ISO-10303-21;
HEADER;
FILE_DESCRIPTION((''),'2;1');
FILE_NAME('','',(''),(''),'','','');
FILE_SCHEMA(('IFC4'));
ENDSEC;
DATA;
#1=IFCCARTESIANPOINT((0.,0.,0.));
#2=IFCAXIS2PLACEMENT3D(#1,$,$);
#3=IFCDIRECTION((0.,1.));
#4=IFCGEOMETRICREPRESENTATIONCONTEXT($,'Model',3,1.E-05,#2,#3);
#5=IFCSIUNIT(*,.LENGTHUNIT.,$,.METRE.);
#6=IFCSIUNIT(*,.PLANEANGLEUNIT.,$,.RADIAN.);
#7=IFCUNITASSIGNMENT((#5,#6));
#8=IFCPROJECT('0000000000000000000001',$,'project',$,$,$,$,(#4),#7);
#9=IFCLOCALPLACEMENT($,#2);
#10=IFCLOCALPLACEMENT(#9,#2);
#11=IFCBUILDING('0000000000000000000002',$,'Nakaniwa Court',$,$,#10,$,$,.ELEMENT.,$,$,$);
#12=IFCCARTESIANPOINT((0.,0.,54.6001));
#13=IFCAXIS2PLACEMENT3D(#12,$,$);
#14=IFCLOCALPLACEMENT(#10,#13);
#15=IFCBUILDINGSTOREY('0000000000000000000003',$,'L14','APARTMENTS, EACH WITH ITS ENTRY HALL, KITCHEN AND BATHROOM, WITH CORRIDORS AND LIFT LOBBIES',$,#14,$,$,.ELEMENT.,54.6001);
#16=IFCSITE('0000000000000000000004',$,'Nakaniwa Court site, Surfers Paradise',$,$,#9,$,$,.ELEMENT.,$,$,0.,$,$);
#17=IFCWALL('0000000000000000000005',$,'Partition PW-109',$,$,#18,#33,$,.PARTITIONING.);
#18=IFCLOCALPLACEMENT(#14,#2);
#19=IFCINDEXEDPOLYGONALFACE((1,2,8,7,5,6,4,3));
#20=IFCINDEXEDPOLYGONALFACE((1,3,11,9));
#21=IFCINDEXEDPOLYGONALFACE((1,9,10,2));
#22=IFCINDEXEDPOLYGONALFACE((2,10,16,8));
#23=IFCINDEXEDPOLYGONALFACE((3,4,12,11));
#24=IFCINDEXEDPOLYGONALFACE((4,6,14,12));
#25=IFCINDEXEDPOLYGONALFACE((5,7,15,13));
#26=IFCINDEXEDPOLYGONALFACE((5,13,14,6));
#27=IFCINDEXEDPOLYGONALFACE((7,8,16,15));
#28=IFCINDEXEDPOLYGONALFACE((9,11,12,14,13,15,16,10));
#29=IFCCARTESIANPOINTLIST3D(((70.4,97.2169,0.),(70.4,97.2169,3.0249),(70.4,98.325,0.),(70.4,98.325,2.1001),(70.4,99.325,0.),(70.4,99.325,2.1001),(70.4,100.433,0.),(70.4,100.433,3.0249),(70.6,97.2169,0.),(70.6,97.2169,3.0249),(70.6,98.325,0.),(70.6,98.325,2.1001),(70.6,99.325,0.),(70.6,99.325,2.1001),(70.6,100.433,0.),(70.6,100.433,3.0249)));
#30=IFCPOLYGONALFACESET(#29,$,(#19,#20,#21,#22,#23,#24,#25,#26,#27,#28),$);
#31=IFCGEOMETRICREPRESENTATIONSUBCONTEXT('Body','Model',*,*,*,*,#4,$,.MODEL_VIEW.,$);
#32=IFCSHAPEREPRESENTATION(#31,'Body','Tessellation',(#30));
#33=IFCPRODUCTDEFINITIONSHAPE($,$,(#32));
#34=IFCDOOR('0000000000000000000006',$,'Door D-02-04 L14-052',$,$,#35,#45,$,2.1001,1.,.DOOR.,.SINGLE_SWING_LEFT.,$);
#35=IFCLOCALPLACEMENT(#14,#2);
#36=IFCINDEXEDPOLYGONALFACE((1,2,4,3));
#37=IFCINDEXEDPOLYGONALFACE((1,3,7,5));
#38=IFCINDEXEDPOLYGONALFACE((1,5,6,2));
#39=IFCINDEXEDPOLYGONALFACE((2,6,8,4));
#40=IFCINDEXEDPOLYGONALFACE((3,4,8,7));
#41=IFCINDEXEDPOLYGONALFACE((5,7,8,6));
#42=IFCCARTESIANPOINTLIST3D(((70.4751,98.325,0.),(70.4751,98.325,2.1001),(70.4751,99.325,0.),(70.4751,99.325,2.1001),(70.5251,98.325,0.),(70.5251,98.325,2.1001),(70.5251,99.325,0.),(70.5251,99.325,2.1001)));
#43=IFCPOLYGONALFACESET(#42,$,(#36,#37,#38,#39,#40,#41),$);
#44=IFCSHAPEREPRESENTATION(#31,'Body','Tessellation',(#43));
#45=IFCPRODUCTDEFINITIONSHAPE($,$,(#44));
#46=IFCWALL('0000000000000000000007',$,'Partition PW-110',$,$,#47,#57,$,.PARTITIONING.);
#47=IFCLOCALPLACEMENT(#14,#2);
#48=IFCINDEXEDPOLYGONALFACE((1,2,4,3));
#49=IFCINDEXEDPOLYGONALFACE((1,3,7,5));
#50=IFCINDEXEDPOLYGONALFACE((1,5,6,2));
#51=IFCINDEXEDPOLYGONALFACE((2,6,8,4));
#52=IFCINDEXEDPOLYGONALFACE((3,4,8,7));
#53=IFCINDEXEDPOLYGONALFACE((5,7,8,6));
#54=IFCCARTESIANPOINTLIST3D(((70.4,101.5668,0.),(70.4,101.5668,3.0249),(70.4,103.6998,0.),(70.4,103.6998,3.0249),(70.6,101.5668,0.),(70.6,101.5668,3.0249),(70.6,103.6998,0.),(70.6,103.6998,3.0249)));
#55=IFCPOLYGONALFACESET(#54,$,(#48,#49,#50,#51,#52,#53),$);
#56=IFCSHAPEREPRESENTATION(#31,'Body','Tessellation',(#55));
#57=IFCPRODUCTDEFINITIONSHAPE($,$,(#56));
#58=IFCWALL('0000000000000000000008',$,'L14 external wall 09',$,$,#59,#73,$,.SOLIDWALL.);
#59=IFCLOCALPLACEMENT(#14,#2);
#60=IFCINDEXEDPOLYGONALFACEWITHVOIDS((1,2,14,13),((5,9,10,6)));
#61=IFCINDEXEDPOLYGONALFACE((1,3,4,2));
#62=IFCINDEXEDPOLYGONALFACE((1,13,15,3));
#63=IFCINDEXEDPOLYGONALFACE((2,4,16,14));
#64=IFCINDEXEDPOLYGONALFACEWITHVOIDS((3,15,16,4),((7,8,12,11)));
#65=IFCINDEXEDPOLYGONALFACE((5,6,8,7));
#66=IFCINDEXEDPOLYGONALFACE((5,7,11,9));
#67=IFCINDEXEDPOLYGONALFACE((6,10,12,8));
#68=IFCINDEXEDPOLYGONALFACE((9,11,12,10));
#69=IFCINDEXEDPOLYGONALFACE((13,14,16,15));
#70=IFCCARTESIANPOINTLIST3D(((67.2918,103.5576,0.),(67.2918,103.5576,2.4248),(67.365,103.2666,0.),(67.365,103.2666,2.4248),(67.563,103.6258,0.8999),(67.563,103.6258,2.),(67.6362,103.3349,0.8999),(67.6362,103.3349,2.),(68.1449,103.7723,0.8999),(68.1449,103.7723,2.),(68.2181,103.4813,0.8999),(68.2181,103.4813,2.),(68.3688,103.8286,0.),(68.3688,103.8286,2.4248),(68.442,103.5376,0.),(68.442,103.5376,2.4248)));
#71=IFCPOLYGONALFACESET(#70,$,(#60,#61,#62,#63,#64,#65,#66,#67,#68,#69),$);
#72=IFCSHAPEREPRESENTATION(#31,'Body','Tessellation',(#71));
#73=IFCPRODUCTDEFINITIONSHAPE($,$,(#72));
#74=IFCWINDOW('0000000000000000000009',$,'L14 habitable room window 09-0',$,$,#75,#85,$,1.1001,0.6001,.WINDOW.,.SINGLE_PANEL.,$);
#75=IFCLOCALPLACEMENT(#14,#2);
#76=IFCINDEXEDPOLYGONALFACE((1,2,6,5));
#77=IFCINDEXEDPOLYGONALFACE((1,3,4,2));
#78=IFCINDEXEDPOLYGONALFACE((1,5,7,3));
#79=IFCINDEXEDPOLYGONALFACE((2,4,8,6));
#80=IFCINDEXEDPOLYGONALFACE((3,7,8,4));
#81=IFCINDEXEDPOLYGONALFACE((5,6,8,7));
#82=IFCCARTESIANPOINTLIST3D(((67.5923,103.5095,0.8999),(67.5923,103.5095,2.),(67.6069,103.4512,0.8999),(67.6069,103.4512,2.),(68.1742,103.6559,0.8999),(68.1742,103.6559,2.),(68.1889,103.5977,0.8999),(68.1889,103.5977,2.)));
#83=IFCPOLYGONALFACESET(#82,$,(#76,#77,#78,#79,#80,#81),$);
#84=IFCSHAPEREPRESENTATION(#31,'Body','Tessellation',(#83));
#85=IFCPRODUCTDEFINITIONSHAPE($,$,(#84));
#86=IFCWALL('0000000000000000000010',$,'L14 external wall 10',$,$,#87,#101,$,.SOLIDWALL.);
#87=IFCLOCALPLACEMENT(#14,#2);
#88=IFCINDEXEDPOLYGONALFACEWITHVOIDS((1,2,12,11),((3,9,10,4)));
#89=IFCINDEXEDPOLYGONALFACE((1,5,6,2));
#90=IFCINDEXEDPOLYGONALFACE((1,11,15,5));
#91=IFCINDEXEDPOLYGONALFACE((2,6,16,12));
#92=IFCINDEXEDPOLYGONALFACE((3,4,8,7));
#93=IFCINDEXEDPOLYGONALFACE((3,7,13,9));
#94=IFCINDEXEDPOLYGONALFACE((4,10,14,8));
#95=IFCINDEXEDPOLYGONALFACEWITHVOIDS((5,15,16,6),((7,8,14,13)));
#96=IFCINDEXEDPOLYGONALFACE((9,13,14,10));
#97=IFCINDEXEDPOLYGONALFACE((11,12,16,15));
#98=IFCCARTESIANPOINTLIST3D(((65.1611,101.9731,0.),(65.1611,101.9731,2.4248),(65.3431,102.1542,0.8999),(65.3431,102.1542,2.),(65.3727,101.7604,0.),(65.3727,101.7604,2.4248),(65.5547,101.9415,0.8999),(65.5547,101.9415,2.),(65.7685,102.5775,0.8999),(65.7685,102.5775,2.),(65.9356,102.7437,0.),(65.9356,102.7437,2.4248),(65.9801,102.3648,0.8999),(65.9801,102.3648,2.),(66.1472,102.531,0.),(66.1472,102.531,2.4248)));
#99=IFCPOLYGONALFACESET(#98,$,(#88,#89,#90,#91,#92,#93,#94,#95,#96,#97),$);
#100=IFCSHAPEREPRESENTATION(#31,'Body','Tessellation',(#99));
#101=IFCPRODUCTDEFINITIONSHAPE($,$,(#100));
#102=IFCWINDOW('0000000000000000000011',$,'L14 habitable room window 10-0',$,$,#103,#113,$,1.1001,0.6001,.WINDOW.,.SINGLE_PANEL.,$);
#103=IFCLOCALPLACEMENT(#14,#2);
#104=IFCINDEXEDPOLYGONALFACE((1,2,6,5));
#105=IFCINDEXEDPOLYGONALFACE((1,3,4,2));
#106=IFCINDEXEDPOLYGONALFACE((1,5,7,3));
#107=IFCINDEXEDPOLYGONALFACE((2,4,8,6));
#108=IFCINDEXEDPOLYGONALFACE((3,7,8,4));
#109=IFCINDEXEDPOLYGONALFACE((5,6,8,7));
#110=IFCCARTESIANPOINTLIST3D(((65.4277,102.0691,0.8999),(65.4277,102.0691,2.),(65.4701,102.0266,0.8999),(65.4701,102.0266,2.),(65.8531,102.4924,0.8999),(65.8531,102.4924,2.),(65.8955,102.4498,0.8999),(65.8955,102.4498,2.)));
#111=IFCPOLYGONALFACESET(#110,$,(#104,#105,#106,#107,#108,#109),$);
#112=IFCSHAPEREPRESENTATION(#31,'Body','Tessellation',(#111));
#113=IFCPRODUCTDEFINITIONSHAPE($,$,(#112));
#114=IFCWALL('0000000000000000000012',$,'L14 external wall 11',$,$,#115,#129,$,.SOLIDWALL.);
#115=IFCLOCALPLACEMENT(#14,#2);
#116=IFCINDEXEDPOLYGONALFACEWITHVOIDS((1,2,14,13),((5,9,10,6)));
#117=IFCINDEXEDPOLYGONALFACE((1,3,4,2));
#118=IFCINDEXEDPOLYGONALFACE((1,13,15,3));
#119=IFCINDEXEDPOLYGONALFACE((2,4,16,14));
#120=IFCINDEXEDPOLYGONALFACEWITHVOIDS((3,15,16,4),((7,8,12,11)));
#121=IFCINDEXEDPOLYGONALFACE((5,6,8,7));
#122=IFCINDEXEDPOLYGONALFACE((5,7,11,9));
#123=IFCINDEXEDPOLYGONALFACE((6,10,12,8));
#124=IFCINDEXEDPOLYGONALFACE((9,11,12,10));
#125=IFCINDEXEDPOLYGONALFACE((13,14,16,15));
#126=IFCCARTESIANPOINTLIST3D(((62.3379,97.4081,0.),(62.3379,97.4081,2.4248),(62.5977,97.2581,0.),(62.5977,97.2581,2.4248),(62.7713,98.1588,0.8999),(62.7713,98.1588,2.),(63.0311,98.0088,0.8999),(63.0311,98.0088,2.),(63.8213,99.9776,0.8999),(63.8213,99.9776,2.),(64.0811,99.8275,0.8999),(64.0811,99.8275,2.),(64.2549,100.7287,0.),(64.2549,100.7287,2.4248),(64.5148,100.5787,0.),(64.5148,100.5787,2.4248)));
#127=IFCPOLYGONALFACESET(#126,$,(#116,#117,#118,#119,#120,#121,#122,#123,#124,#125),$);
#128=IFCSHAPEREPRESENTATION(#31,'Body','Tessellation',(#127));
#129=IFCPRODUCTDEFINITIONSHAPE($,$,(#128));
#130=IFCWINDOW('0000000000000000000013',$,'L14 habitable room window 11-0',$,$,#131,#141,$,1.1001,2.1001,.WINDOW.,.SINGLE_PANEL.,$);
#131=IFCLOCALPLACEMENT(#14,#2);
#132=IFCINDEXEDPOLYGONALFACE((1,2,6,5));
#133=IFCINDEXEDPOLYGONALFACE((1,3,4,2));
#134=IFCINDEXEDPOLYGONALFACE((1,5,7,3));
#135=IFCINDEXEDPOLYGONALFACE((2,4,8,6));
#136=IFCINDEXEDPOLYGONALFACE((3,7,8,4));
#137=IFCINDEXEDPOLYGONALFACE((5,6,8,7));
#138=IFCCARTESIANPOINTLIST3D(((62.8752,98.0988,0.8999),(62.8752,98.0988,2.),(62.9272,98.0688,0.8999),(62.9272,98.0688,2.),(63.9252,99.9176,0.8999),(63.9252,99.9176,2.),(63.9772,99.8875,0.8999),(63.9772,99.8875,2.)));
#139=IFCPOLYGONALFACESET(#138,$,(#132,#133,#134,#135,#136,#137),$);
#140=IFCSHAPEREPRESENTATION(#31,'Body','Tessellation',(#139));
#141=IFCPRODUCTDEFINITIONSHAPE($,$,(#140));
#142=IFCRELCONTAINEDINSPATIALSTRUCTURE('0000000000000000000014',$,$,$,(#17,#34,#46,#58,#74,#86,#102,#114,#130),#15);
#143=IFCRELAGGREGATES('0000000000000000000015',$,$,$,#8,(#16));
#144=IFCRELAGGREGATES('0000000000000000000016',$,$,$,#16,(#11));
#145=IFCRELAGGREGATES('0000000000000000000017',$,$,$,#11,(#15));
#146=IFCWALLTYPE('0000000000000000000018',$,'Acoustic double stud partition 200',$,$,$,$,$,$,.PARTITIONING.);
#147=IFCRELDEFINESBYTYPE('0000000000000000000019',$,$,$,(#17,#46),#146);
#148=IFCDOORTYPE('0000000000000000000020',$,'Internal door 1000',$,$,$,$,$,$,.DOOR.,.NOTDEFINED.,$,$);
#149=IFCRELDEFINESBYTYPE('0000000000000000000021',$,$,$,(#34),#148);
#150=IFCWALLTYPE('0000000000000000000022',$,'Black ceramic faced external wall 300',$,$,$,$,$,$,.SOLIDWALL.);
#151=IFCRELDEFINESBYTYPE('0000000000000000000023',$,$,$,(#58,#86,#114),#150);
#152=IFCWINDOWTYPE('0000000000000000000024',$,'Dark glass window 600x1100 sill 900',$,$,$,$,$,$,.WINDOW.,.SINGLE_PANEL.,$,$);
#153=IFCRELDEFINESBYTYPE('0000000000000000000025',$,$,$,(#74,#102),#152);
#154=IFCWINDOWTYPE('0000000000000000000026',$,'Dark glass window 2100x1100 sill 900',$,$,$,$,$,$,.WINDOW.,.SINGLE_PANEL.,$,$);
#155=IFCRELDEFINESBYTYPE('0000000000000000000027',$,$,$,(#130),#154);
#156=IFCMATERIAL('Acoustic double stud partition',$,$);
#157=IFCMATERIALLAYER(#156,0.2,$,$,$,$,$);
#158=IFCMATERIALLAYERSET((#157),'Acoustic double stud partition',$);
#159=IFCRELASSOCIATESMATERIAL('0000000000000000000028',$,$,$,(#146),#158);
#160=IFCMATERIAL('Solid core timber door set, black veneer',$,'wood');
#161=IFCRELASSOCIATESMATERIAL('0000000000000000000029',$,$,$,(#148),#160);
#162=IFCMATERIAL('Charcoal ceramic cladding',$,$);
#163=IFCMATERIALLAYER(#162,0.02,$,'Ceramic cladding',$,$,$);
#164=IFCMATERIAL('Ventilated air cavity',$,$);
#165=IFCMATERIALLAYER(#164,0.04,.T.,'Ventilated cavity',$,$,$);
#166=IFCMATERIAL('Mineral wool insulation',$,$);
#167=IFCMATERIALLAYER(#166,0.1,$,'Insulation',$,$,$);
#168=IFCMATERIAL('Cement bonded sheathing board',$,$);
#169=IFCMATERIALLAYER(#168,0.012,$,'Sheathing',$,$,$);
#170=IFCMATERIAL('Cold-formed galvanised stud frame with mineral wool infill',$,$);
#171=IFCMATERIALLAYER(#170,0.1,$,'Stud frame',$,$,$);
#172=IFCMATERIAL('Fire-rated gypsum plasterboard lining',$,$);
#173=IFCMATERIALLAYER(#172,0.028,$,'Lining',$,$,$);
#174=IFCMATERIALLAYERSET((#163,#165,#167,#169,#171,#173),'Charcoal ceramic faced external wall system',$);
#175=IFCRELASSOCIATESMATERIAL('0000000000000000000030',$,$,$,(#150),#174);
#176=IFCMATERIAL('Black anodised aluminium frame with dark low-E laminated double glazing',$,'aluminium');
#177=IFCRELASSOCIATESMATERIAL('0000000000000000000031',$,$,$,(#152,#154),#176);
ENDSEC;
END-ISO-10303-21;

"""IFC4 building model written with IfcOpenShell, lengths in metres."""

from ifc_helpers import new_model, si_unit, direction, frame, frame_2d, origin, place, context, subcontext, project, spatial, rectangle, extrude, material, layer, layer_set, type_object, element, fill, save


model = new_model("IFC4")

# Units and contexts
model_context = context("Model", 3, precision=1e-05, world=origin(), true_north=direction((0.0, 1.0)))
body_context = subcontext(model_context, "Body", "Model", "MODEL_VIEW")
ifc_project = project(units=[si_unit("LENGTHUNIT", "METRE"), si_unit("PLANEANGLEUNIT", "RADIAN")], contexts=[model_context])

# Site, building, storey
site_placement = place(None, origin())
site = spatial("IfcSite", under=ifc_project, at=site_placement, Name="Nakaniwa Court site, Surfers Paradise", CompositionType="ELEMENT", RefElevation=0.0)
building_placement = place(site_placement, origin())
building = spatial("IfcBuilding", under=site, at=building_placement, Name="Nakaniwa Court", CompositionType="ELEMENT")
storey_placement = place(building_placement, frame((0.0, 0.0, 54.6001)))
storey = spatial("IfcBuildingStorey", under=building, at=storey_placement, Name="L14", Description="APARTMENTS, EACH WITH ITS ENTRY HALL, KITCHEN AND BATHROOM, WITH CORRIDORS AND LIFT LOBBIES", CompositionType="ELEMENT", Elevation=54.6001)

# Shared definitions
ifc_material_1 = material(Name="Acoustic double stud partition")
ifc_layer_1 = layer(ifc_material_1, 0.2)
ifc_layer_set_1 = layer_set([ifc_layer_1], Name="Acoustic double stud partition")
wall_type_1 = type_object("IfcWallType", Name="Acoustic double stud partition 200", PredefinedType="PARTITIONING", material=ifc_layer_set_1)

# Wall, opening, door
wall_1_placement = place(storey_placement, frame((70.5, 97.217, 0.0), z_axis=(0.0, 0.0, 1.0), x_axis=(0.0, 1.0, 0.0)))
wall_1 = element("IfcWall", 1, at=wall_1_placement, inside=storey, type_object=wall_type_1, Name="Partition PW-109", PredefinedType="PARTITIONING", context=body_context, shape_type="SweptSolid", body=[
    extrude(rectangle(XDim=3.2161, YDim=0.2, at=frame_2d((1.6079, 0.0))), origin(), (0.0, 0.0, 1.0), 3.0249),
])
opening_1_placement = place(wall_1_placement, frame((1.1079, 0.0, 0.0)))
opening_1 = element("IfcOpeningElement", 2, at=opening_1_placement, cuts=wall_1, PredefinedType="OPENING", context=body_context, shape_type="SweptSolid", body=[
    extrude(rectangle(XDim=1.0, YDim=2.1001, at=frame_2d((0.5, 1.05))), frame((0.0, 0.1099, 0.0), z_axis=(0.0, -1.0, 0.0), x_axis=(1.0, 0.0, 0.0)), (0.0, 0.0, 1.0), 0.22),
])
ifc_material_2 = material(Name="Solid core timber door set, black veneer", Category="wood")
door_type = type_object("IfcDoorType", Name="Internal door 1000", OperationType="NOTDEFINED", PredefinedType="DOOR", material=ifc_material_2)
door_placement = place(opening_1_placement, origin())
door = element("IfcDoor", 3, at=door_placement, inside=storey, type_object=door_type, Name="Door D-02-04 L14-052", OperationType="SINGLE_SWING_LEFT", OverallHeight=2.1001, OverallWidth=1.0, PredefinedType="DOOR", context=body_context, shape_type="SweptSolid", body=[
    extrude(rectangle(XDim=1.0, YDim=2.1001, at=frame_2d((0.5, 1.05))), frame((0.0, 0.0249, 0.0), z_axis=(0.0, -1.0, 0.0), x_axis=(1.0, 0.0, 0.0)), (0.0, 0.0, 1.0), 0.05),
])
fill(opening_1, door)

# Wall
wall_2_placement = place(storey_placement, frame((70.5, 101.5669, 0.0), z_axis=(0.0, 0.0, 1.0), x_axis=(0.0, 1.0, 0.0)))
element("IfcWall", 4, at=wall_2_placement, inside=storey, type_object=wall_type_1, Name="Partition PW-110", PredefinedType="PARTITIONING", context=body_context, shape_type="SweptSolid", body=[
    extrude(rectangle(XDim=2.1331, YDim=0.2, at=frame_2d((1.0664, 0.0))), origin(), (0.0, 0.0, 1.0), 3.0249),
])

# Walls, openings, windows
ifc_material_3 = material(Name="Charcoal ceramic cladding")
ifc_layer_2 = layer(ifc_material_3, 0.02, Name="Ceramic cladding")
ifc_material_4 = material(Name="Ventilated air cavity")
ifc_layer_3 = layer(ifc_material_4, 0.04, ventilated=True, Name="Ventilated cavity")
ifc_material_5 = material(Name="Mineral wool insulation")
ifc_layer_4 = layer(ifc_material_5, 0.1, Name="Insulation")
ifc_material_6 = material(Name="Cement bonded sheathing board")
ifc_layer_5 = layer(ifc_material_6, 0.012, Name="Sheathing")
ifc_material_7 = material(Name="Cold-formed galvanised stud frame with mineral wool infill")
ifc_layer_6 = layer(ifc_material_7, 0.1, Name="Stud frame")
ifc_material_8 = material(Name="Fire-rated gypsum plasterboard lining")
ifc_layer_7 = layer(ifc_material_8, 0.028, Name="Lining")
ifc_layer_set_2 = layer_set([ifc_layer_2, ifc_layer_3, ifc_layer_4, ifc_layer_5, ifc_layer_6, ifc_layer_7], Name="Charcoal ceramic faced external wall system")
wall_type_2 = type_object("IfcWallType", Name="Black ceramic faced external wall 300", PredefinedType="SOLIDWALL", material=ifc_layer_set_2)
wall_3_placement = place(storey_placement, frame((68.4053, 103.6831, 0.0), z_axis=(0.0, 0.0, 1.0), x_axis=(-0.969766, -0.244036, 0.0)))
wall_3 = element("IfcWall", 5, at=wall_3_placement, inside=storey, type_object=wall_type_2, Name="L14 external wall 09", PredefinedType="SOLIDWALL", context=body_context, shape_type="SweptSolid", body=[
    extrude(rectangle(XDim=1.1106, YDim=0.3, at=frame_2d((0.5552, 0.0))), origin(), (0.0, 0.0, 1.0), 2.4248),
])
opening_2_placement = place(wall_3_placement, frame((0.2307, 0.0, 0.8999)))
opening_2 = element("IfcOpeningElement", 6, at=opening_2_placement, cuts=wall_3, PredefinedType="OPENING", context=body_context, shape_type="SweptSolid", body=[
    extrude(rectangle(XDim=0.6001, YDim=1.1001, at=frame_2d((0.3, 0.55))), frame((0.0, 0.1599, 0.0), z_axis=(0.0, -1.0, 0.0), x_axis=(1.0, 0.0, 0.0)), (0.0, 0.0, 1.0), 0.3201),
])
ifc_material_9 = material(Name="Black anodised aluminium frame with dark low-E laminated double glazing", Category="aluminium")
window_type_1 = type_object("IfcWindowType", Name="Dark glass window 600x1100 sill 900", PartitioningType="SINGLE_PANEL", PredefinedType="WINDOW", material=ifc_material_9)
window_1_placement = place(opening_2_placement, origin())
window_1 = element("IfcWindow", 7, at=window_1_placement, inside=storey, type_object=window_type_1, Name="L14 habitable room window 09-0", OverallHeight=1.1001, OverallWidth=0.6001, PartitioningType="SINGLE_PANEL", PredefinedType="WINDOW", context=body_context, shape_type="SweptSolid", body=[
    extrude(rectangle(XDim=0.6001, YDim=1.1001, at=frame_2d((0.3, 0.55))), frame((0.0, 0.03, 0.0), z_axis=(0.0, -1.0, 0.0), x_axis=(1.0, 0.0, 0.0)), (0.0, 0.0, 1.0), 0.0601),
])
fill(opening_2, window_1)
wall_4_placement = place(storey_placement, frame((66.0415, 102.6375, 0.0), z_axis=(0.0, 0.0, 1.0), x_axis=(-0.708892, -0.705317, 0.0)))
wall_4 = element("IfcWall", 8, at=wall_4_placement, inside=storey, type_object=wall_type_2, Name="L14 external wall 10", PredefinedType="SOLIDWALL", context=body_context, shape_type="SweptSolid", body=[
    extrude(rectangle(XDim=1.0925, YDim=0.3, at=frame_2d((0.5464, 0.0))), origin(), (0.0, 0.0, 1.0), 2.4248),
])
opening_3_placement = place(wall_4_placement, frame((0.2358, 0.0, 0.8999)))
opening_3 = element("IfcOpeningElement", 9, at=opening_3_placement, cuts=wall_4, PredefinedType="OPENING", context=body_context, shape_type="SweptSolid", body=[
    extrude(rectangle(XDim=0.6001, YDim=1.1001, at=frame_2d((0.3, 0.55))), frame((0.0, 0.1599, 0.0), z_axis=(0.0, -1.0, 0.0), x_axis=(1.0, 0.0, 0.0)), (0.0, 0.0, 1.0), 0.3201),
])
window_2_placement = place(opening_3_placement, origin())
window_2 = element("IfcWindow", 10, at=window_2_placement, inside=storey, type_object=window_type_1, Name="L14 habitable room window 10-0", OverallHeight=1.1001, OverallWidth=0.6001, PartitioningType="SINGLE_PANEL", PredefinedType="WINDOW", context=body_context, shape_type="SweptSolid", body=[
    extrude(rectangle(XDim=0.6001, YDim=1.1001, at=frame_2d((0.3, 0.55))), frame((0.0, 0.03, 0.0), z_axis=(0.0, -1.0, 0.0), x_axis=(1.0, 0.0, 0.0)), (0.0, 0.0, 1.0), 0.0601),
])
fill(opening_3, window_2)
wall_5_placement = place(storey_placement, frame((64.3848, 100.6536, 0.0), z_axis=(0.0, 0.0, 1.0), x_axis=(-0.499974, -0.86604, 0.0)))
wall_5 = element("IfcWall", 11, at=wall_5_placement, inside=storey, type_object=wall_type_2, Name="L14 external wall 11", PredefinedType="SOLIDWALL", context=body_context, shape_type="SweptSolid", body=[
    extrude(rectangle(XDim=3.8342, YDim=0.3, at=frame_2d((1.917, 0.0))), origin(), (0.0, 0.0, 1.0), 2.4248),
])
opening_4_placement = place(wall_5_placement, frame((0.8672, 0.0, 0.8999)))
opening_4 = element("IfcOpeningElement", 12, at=opening_4_placement, cuts=wall_5, PredefinedType="OPENING", context=body_context, shape_type="SweptSolid", body=[
    extrude(rectangle(XDim=2.1001, YDim=1.1001, at=frame_2d((1.05, 0.55))), frame((0.0, 0.1599, 0.0), z_axis=(0.0, -1.0, 0.0), x_axis=(1.0, 0.0, 0.0)), (0.0, 0.0, 1.0), 0.3201),
])
window_type_2 = type_object("IfcWindowType", Name="Dark glass window 2100x1100 sill 900", PartitioningType="SINGLE_PANEL", PredefinedType="WINDOW", material=ifc_material_9)
window_3_placement = place(opening_4_placement, origin())
window_3 = element("IfcWindow", 13, at=window_3_placement, inside=storey, type_object=window_type_2, Name="L14 habitable room window 11-0", OverallHeight=1.1001, OverallWidth=2.1001, PartitioningType="SINGLE_PANEL", PredefinedType="WINDOW", context=body_context, shape_type="SweptSolid", body=[
    extrude(rectangle(XDim=2.1001, YDim=1.1001, at=frame_2d((1.05, 0.55))), frame((0.0, 0.03, 0.0), z_axis=(0.0, -1.0, 0.0), x_axis=(1.0, 0.0, 0.0)), (0.0, 0.0, 1.0), 0.0601),
])
fill(opening_4, window_3)

save(model, "model.ifc")
